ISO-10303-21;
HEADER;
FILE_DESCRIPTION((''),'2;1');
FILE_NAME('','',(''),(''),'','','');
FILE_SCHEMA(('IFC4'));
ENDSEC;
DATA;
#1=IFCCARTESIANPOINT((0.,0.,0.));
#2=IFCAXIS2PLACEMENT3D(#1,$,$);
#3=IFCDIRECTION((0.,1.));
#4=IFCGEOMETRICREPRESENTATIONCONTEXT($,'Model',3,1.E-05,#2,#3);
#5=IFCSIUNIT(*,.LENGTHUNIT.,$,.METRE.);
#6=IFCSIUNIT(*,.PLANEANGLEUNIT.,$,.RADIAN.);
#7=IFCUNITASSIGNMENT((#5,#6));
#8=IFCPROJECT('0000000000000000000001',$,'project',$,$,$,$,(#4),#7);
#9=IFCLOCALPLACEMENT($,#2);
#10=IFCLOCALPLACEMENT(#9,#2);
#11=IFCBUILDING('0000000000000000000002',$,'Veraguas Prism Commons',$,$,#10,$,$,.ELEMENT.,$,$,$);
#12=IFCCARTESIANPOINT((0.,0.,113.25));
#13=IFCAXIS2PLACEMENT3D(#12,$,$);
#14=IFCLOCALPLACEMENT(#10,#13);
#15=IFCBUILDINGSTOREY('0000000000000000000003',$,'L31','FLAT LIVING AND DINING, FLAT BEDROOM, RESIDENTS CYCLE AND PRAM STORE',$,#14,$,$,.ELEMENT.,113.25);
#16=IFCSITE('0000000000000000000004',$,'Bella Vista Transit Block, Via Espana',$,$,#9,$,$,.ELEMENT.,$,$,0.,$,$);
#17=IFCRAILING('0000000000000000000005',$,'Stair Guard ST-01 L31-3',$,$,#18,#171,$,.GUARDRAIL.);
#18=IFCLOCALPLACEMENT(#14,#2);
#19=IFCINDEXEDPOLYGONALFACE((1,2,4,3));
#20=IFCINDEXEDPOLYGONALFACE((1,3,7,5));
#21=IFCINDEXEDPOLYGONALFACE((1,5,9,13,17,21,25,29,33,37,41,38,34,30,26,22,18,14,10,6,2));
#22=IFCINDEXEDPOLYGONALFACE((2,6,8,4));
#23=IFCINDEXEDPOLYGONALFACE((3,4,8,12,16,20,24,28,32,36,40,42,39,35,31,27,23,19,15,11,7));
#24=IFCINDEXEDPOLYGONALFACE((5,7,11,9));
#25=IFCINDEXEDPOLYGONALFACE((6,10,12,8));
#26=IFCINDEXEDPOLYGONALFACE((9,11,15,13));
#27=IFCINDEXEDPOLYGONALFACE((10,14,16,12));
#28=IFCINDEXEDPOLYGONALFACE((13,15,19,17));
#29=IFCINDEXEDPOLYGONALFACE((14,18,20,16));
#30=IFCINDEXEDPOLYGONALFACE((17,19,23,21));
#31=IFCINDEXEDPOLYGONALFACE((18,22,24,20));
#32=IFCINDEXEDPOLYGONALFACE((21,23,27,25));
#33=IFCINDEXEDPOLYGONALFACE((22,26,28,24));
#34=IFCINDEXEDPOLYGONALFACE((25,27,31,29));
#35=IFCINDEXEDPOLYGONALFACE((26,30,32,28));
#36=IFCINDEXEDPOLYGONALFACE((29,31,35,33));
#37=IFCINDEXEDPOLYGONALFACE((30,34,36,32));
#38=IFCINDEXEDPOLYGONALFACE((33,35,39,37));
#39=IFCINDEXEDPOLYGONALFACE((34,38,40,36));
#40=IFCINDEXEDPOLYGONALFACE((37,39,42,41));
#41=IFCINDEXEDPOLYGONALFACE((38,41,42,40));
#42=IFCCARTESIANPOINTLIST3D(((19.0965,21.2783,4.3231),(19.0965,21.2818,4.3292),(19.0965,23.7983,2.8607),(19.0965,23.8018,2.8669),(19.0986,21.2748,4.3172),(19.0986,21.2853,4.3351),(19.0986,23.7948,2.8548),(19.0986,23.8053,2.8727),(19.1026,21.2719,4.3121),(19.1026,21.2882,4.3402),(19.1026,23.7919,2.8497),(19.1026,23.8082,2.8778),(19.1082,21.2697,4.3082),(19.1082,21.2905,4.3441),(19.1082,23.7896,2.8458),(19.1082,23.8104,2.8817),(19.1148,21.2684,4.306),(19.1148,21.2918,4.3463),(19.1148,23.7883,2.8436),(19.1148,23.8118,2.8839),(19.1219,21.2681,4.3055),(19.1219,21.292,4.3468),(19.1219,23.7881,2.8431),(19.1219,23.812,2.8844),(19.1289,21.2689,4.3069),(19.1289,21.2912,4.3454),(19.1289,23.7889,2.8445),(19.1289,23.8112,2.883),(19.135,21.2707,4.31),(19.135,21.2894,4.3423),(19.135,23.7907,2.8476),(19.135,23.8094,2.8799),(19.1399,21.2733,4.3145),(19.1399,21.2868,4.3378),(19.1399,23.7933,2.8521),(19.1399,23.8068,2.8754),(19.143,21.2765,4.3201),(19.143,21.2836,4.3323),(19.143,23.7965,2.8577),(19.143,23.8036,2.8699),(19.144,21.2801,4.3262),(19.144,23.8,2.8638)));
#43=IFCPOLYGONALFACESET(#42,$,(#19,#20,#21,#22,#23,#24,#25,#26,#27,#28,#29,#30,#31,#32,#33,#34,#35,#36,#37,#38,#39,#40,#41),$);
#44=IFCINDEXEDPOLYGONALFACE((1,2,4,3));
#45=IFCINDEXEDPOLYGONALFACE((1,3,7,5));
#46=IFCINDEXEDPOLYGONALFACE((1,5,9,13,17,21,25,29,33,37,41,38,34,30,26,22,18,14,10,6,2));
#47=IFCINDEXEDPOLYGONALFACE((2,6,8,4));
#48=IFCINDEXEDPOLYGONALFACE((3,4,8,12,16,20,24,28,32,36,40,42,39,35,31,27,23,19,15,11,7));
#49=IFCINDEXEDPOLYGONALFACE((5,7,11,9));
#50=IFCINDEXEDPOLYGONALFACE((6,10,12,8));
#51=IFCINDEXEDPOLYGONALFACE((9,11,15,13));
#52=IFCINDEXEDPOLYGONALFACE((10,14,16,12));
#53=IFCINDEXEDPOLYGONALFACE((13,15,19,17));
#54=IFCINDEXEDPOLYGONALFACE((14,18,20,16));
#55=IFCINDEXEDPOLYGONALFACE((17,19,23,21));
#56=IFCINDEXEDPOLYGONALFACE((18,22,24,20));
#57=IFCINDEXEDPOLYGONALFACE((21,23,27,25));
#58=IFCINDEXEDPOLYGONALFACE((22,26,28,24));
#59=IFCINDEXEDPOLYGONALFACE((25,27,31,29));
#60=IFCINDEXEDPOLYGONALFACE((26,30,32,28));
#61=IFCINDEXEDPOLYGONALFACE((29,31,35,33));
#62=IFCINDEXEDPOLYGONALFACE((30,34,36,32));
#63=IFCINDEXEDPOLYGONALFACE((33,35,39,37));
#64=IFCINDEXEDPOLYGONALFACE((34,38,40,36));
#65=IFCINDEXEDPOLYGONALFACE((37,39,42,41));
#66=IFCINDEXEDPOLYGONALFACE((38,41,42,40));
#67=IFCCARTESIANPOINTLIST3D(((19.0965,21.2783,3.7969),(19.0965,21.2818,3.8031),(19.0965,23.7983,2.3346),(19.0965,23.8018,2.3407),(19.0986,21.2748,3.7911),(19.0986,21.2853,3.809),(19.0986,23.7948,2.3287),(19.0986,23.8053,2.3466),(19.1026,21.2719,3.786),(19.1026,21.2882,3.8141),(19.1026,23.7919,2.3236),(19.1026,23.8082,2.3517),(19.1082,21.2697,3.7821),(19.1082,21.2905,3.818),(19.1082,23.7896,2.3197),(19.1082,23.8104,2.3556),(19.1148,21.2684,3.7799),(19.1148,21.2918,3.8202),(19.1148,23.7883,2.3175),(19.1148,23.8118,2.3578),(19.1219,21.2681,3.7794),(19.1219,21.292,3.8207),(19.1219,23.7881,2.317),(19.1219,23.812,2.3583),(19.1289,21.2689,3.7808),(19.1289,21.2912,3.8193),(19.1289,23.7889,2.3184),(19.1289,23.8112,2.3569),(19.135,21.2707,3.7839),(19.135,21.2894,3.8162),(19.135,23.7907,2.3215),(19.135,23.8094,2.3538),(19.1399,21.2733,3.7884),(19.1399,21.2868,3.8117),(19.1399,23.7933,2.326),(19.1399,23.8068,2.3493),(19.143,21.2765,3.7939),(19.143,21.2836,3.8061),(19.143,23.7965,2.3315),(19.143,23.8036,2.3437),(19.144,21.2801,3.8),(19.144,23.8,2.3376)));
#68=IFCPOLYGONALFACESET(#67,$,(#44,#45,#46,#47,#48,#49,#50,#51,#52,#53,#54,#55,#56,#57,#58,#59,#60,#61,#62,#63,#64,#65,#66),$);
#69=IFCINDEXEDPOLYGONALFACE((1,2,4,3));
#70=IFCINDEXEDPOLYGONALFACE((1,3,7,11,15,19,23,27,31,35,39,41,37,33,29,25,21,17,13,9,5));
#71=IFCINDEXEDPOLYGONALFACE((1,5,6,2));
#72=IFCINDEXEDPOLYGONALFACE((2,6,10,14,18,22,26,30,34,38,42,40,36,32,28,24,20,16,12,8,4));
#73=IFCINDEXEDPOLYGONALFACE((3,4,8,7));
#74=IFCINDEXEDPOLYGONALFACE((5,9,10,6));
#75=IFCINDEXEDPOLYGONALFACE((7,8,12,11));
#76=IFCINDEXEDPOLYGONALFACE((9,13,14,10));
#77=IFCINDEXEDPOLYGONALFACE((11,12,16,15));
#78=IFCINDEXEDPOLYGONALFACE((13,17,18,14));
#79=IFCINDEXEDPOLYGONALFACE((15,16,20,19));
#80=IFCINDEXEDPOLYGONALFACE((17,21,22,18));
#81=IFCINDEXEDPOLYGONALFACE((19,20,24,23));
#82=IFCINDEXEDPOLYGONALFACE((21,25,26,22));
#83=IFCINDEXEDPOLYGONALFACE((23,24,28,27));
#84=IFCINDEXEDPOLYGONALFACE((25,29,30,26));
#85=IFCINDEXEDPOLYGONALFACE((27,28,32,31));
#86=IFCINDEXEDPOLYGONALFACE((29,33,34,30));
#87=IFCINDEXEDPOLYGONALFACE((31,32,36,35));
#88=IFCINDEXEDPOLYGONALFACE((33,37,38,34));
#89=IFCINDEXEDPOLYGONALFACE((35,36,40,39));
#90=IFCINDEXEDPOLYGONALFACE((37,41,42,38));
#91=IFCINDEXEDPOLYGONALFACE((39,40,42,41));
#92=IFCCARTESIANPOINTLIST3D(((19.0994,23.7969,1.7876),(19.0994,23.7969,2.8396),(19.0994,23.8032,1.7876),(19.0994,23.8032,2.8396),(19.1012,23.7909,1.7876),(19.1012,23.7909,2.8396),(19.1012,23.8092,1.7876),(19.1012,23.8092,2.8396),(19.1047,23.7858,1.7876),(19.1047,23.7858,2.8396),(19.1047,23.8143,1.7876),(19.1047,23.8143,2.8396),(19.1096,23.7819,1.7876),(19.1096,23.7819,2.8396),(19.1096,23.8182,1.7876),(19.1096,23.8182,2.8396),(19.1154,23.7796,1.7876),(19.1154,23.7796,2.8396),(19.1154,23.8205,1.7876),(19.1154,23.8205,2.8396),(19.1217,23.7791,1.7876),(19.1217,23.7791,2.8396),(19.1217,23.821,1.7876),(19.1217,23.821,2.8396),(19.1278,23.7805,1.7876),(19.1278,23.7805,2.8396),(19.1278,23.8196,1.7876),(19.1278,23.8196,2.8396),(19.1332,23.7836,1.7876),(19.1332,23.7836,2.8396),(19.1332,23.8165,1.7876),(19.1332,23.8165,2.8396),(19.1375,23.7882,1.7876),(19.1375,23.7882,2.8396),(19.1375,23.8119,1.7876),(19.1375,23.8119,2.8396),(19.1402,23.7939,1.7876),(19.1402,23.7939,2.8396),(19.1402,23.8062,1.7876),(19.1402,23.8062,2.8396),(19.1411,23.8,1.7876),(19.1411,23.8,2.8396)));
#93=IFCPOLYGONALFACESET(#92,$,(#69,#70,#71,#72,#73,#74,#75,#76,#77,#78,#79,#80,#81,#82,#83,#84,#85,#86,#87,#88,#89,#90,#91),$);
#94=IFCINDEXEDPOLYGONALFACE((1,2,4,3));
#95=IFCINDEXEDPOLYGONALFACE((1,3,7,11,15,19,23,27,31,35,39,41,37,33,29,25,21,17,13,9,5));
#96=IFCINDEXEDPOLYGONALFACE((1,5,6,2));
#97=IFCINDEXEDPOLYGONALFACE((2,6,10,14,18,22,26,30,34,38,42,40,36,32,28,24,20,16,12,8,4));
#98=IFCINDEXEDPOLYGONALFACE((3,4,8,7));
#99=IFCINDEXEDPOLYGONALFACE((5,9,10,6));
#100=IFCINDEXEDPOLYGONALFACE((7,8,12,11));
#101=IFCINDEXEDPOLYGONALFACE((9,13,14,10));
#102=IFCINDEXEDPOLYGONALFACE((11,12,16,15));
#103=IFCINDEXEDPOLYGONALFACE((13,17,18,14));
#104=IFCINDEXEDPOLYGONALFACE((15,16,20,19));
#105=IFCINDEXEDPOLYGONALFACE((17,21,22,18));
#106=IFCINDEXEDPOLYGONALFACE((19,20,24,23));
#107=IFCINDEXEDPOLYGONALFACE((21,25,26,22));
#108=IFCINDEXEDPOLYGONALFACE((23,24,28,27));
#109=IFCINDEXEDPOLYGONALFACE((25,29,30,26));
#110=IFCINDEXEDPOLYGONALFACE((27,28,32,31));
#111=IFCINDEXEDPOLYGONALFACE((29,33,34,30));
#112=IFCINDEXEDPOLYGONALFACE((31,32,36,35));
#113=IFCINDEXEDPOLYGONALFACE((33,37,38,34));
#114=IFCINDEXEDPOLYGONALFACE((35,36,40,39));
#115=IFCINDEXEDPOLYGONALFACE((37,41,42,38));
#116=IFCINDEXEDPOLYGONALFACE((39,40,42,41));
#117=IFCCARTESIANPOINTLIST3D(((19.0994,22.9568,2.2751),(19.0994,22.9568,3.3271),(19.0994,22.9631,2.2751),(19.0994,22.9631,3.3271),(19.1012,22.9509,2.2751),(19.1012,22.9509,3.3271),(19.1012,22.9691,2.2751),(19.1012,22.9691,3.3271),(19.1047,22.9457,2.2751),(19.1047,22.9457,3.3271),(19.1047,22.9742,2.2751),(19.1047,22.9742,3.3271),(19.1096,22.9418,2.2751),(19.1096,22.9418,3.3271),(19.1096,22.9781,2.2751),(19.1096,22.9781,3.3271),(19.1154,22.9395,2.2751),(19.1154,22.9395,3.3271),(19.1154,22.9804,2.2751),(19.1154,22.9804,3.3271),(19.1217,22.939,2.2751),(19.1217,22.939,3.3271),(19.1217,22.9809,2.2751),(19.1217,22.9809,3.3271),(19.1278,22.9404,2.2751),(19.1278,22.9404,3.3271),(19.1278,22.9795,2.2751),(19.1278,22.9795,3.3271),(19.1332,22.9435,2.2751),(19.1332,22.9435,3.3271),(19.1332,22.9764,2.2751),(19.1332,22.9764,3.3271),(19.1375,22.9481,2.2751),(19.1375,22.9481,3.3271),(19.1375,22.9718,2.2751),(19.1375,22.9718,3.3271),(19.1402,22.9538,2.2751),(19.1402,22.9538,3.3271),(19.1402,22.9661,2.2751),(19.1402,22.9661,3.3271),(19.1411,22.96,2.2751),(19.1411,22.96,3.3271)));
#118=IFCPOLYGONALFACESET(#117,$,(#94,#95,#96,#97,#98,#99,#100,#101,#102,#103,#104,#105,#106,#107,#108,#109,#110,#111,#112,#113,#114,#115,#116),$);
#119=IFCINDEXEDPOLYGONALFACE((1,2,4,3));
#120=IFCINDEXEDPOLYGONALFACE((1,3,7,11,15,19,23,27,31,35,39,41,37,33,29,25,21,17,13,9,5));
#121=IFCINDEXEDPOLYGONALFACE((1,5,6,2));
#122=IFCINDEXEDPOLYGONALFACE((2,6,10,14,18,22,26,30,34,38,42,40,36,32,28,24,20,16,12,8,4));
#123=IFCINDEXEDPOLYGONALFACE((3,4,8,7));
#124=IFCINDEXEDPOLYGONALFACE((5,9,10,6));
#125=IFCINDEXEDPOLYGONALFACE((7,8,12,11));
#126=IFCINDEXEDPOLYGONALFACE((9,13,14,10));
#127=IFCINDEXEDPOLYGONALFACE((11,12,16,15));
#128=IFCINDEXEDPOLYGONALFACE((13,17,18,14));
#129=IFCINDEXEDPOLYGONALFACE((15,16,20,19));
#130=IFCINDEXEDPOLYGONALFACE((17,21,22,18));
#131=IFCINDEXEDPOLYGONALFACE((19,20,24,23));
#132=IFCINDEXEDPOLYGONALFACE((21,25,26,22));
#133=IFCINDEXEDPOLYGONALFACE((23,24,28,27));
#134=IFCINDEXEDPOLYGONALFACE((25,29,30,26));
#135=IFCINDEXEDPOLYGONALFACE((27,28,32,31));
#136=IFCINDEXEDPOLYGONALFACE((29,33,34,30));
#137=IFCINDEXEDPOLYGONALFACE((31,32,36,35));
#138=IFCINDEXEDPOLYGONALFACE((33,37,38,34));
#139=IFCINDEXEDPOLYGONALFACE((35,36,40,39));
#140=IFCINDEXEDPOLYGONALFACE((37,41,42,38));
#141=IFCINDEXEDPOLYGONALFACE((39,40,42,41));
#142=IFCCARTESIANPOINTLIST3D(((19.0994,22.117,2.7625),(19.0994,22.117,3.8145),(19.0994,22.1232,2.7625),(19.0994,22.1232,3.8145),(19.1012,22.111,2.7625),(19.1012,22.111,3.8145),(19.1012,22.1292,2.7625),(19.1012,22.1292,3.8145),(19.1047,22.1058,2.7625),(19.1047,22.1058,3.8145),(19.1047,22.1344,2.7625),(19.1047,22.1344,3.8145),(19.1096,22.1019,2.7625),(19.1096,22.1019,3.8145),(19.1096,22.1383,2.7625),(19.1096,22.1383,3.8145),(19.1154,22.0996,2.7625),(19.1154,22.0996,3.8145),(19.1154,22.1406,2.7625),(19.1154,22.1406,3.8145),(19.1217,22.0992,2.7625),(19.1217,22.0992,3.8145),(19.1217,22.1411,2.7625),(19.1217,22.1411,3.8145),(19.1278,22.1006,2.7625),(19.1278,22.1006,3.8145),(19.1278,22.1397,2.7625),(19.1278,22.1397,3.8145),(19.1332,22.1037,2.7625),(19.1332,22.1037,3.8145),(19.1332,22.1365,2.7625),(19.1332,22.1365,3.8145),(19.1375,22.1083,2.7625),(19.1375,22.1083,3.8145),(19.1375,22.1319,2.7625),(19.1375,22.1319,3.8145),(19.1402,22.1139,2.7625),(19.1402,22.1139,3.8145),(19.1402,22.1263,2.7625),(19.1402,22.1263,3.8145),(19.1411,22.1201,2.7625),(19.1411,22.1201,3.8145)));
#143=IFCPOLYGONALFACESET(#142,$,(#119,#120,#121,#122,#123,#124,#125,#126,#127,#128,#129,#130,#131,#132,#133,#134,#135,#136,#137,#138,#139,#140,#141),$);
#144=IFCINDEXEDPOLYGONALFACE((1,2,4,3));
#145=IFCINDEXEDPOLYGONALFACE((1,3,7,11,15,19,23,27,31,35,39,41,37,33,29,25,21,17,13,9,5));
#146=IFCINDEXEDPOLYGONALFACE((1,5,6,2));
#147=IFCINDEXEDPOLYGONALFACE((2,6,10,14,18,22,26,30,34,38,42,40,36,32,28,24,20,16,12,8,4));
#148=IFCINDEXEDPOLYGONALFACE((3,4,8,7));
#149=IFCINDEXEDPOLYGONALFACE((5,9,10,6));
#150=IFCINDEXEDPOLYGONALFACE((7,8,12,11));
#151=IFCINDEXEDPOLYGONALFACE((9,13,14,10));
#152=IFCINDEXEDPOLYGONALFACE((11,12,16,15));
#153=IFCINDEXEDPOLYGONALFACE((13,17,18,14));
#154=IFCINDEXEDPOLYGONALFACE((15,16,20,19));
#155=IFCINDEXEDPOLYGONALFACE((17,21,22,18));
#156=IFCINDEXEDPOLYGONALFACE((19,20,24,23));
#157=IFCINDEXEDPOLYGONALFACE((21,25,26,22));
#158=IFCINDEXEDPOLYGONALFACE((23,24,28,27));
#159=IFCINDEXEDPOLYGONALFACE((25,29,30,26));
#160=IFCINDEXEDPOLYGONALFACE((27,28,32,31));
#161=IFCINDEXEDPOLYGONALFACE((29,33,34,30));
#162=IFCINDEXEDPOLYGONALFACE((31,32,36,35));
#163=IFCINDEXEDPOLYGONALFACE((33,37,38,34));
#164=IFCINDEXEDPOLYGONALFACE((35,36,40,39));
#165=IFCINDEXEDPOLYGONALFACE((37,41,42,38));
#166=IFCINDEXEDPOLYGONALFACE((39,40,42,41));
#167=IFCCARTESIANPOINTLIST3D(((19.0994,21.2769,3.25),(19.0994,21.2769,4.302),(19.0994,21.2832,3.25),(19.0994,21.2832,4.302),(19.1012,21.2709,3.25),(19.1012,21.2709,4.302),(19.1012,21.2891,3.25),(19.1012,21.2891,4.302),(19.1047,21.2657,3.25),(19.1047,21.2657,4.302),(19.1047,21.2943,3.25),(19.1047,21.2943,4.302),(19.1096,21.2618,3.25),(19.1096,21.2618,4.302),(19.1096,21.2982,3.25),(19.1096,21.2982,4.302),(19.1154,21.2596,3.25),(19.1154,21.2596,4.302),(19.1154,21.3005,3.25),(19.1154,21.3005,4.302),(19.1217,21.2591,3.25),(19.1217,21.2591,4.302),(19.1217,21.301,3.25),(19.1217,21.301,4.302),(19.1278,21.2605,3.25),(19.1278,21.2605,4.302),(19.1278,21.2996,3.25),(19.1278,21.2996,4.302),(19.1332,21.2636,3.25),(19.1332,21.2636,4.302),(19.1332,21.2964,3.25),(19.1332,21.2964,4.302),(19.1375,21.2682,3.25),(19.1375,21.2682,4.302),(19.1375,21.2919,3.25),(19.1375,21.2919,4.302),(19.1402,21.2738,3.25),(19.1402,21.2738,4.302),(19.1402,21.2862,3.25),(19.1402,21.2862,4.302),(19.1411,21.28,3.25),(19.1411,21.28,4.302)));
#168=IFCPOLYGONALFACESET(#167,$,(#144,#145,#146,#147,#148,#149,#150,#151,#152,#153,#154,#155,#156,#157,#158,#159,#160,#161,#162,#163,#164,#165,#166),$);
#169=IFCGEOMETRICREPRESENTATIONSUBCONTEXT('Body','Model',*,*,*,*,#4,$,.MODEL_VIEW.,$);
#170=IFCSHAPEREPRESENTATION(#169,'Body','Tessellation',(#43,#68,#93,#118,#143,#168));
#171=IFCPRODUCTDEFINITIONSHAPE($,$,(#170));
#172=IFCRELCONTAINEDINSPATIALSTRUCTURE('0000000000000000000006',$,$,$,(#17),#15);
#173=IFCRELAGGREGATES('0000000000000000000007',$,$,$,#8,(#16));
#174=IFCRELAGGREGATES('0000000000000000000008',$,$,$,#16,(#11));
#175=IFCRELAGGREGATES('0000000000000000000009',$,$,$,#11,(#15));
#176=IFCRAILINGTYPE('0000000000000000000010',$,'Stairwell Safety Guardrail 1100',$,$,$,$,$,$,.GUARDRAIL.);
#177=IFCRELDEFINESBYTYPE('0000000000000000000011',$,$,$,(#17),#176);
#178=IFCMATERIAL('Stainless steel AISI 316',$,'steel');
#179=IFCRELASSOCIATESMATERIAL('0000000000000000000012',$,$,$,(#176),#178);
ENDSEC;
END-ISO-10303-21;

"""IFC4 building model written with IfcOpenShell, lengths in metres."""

from ifc_helpers import new_model, si_unit, direction, frame, origin, origin_2d, place, context, subcontext, project, spatial, circle, extrude, material, type_object, element, save


model = new_model("IFC4")

# Units and contexts
model_context = context("Model", 3, precision=1e-05, world=origin(), true_north=direction((0.0, 1.0)))
body_context = subcontext(model_context, "Body", "Model", "MODEL_VIEW")
ifc_project = project(units=[si_unit("LENGTHUNIT", "METRE"), si_unit("PLANEANGLEUNIT", "RADIAN")], contexts=[model_context])

# Site, building, storey
site_placement = place(None, origin())
site = spatial("IfcSite", under=ifc_project, at=site_placement, Name="Bella Vista Transit Block, Via Espana", CompositionType="ELEMENT", RefElevation=0.0)
building_placement = place(site_placement, origin())
building = spatial("IfcBuilding", under=site, at=building_placement, Name="Veraguas Prism Commons", CompositionType="ELEMENT")
storey_placement = place(building_placement, frame((0.0, 0.0, 113.25)))
storey = spatial("IfcBuildingStorey", under=building, at=storey_placement, Name="L31", Description="FLAT LIVING AND DINING, FLAT BEDROOM, RESIDENTS CYCLE AND PRAM STORE", CompositionType="ELEMENT", Elevation=113.25)

# Railing
ifc_material_1 = material(Name="Stainless steel AISI 316", Category="steel")
railing_type_1 = type_object("IfcRailingType", Name="Stairwell Safety Guardrail 1100", PredefinedType="GUARDRAIL", material=ifc_material_1)
railing_1_placement = place(storey_placement, frame((19.1201, 23.8, 1.7876)))
element("IfcRailing", 1, at=railing_1_placement, inside=storey, type_object=railing_type_1, Name="Stair Guard ST-01 L31-3", PredefinedType="GUARDRAIL", context=body_context, shape_type="SweptSolid", body=[
    extrude(circle(Radius=0.0239, at=origin_2d()), frame((0.0, 0.0, 1.0762), z_axis=(0.0, -0.864913, 0.501921), x_axis=(1.0, 0.0, 0.0)), (0.0, 0.0, 1.0), 2.9136),
    extrude(circle(Radius=0.0239, at=origin_2d()), frame((0.0, 0.0, 0.55), z_axis=(0.0, -0.864913, 0.501921), x_axis=(1.0, 0.0, 0.0)), (0.0, 0.0, 1.0), 2.9136),
    extrude(circle(Radius=0.021, at=origin_2d()), origin(), (0.0, 0.0, 1.0), 1.052),
    extrude(circle(Radius=0.021, at=origin_2d()), frame((0.0, -0.8401, 0.4875)), (0.0, 0.0, 1.0), 1.052),
    extrude(circle(Radius=0.021, at=origin_2d()), frame((0.0, -1.6799, 0.9749)), (0.0, 0.0, 1.0), 1.052),
    extrude(circle(Radius=0.021, at=origin_2d()), frame((0.0, -2.52, 1.4624)), (0.0, 0.0, 1.0), 1.052),
])

save(model, "model.ifc")
